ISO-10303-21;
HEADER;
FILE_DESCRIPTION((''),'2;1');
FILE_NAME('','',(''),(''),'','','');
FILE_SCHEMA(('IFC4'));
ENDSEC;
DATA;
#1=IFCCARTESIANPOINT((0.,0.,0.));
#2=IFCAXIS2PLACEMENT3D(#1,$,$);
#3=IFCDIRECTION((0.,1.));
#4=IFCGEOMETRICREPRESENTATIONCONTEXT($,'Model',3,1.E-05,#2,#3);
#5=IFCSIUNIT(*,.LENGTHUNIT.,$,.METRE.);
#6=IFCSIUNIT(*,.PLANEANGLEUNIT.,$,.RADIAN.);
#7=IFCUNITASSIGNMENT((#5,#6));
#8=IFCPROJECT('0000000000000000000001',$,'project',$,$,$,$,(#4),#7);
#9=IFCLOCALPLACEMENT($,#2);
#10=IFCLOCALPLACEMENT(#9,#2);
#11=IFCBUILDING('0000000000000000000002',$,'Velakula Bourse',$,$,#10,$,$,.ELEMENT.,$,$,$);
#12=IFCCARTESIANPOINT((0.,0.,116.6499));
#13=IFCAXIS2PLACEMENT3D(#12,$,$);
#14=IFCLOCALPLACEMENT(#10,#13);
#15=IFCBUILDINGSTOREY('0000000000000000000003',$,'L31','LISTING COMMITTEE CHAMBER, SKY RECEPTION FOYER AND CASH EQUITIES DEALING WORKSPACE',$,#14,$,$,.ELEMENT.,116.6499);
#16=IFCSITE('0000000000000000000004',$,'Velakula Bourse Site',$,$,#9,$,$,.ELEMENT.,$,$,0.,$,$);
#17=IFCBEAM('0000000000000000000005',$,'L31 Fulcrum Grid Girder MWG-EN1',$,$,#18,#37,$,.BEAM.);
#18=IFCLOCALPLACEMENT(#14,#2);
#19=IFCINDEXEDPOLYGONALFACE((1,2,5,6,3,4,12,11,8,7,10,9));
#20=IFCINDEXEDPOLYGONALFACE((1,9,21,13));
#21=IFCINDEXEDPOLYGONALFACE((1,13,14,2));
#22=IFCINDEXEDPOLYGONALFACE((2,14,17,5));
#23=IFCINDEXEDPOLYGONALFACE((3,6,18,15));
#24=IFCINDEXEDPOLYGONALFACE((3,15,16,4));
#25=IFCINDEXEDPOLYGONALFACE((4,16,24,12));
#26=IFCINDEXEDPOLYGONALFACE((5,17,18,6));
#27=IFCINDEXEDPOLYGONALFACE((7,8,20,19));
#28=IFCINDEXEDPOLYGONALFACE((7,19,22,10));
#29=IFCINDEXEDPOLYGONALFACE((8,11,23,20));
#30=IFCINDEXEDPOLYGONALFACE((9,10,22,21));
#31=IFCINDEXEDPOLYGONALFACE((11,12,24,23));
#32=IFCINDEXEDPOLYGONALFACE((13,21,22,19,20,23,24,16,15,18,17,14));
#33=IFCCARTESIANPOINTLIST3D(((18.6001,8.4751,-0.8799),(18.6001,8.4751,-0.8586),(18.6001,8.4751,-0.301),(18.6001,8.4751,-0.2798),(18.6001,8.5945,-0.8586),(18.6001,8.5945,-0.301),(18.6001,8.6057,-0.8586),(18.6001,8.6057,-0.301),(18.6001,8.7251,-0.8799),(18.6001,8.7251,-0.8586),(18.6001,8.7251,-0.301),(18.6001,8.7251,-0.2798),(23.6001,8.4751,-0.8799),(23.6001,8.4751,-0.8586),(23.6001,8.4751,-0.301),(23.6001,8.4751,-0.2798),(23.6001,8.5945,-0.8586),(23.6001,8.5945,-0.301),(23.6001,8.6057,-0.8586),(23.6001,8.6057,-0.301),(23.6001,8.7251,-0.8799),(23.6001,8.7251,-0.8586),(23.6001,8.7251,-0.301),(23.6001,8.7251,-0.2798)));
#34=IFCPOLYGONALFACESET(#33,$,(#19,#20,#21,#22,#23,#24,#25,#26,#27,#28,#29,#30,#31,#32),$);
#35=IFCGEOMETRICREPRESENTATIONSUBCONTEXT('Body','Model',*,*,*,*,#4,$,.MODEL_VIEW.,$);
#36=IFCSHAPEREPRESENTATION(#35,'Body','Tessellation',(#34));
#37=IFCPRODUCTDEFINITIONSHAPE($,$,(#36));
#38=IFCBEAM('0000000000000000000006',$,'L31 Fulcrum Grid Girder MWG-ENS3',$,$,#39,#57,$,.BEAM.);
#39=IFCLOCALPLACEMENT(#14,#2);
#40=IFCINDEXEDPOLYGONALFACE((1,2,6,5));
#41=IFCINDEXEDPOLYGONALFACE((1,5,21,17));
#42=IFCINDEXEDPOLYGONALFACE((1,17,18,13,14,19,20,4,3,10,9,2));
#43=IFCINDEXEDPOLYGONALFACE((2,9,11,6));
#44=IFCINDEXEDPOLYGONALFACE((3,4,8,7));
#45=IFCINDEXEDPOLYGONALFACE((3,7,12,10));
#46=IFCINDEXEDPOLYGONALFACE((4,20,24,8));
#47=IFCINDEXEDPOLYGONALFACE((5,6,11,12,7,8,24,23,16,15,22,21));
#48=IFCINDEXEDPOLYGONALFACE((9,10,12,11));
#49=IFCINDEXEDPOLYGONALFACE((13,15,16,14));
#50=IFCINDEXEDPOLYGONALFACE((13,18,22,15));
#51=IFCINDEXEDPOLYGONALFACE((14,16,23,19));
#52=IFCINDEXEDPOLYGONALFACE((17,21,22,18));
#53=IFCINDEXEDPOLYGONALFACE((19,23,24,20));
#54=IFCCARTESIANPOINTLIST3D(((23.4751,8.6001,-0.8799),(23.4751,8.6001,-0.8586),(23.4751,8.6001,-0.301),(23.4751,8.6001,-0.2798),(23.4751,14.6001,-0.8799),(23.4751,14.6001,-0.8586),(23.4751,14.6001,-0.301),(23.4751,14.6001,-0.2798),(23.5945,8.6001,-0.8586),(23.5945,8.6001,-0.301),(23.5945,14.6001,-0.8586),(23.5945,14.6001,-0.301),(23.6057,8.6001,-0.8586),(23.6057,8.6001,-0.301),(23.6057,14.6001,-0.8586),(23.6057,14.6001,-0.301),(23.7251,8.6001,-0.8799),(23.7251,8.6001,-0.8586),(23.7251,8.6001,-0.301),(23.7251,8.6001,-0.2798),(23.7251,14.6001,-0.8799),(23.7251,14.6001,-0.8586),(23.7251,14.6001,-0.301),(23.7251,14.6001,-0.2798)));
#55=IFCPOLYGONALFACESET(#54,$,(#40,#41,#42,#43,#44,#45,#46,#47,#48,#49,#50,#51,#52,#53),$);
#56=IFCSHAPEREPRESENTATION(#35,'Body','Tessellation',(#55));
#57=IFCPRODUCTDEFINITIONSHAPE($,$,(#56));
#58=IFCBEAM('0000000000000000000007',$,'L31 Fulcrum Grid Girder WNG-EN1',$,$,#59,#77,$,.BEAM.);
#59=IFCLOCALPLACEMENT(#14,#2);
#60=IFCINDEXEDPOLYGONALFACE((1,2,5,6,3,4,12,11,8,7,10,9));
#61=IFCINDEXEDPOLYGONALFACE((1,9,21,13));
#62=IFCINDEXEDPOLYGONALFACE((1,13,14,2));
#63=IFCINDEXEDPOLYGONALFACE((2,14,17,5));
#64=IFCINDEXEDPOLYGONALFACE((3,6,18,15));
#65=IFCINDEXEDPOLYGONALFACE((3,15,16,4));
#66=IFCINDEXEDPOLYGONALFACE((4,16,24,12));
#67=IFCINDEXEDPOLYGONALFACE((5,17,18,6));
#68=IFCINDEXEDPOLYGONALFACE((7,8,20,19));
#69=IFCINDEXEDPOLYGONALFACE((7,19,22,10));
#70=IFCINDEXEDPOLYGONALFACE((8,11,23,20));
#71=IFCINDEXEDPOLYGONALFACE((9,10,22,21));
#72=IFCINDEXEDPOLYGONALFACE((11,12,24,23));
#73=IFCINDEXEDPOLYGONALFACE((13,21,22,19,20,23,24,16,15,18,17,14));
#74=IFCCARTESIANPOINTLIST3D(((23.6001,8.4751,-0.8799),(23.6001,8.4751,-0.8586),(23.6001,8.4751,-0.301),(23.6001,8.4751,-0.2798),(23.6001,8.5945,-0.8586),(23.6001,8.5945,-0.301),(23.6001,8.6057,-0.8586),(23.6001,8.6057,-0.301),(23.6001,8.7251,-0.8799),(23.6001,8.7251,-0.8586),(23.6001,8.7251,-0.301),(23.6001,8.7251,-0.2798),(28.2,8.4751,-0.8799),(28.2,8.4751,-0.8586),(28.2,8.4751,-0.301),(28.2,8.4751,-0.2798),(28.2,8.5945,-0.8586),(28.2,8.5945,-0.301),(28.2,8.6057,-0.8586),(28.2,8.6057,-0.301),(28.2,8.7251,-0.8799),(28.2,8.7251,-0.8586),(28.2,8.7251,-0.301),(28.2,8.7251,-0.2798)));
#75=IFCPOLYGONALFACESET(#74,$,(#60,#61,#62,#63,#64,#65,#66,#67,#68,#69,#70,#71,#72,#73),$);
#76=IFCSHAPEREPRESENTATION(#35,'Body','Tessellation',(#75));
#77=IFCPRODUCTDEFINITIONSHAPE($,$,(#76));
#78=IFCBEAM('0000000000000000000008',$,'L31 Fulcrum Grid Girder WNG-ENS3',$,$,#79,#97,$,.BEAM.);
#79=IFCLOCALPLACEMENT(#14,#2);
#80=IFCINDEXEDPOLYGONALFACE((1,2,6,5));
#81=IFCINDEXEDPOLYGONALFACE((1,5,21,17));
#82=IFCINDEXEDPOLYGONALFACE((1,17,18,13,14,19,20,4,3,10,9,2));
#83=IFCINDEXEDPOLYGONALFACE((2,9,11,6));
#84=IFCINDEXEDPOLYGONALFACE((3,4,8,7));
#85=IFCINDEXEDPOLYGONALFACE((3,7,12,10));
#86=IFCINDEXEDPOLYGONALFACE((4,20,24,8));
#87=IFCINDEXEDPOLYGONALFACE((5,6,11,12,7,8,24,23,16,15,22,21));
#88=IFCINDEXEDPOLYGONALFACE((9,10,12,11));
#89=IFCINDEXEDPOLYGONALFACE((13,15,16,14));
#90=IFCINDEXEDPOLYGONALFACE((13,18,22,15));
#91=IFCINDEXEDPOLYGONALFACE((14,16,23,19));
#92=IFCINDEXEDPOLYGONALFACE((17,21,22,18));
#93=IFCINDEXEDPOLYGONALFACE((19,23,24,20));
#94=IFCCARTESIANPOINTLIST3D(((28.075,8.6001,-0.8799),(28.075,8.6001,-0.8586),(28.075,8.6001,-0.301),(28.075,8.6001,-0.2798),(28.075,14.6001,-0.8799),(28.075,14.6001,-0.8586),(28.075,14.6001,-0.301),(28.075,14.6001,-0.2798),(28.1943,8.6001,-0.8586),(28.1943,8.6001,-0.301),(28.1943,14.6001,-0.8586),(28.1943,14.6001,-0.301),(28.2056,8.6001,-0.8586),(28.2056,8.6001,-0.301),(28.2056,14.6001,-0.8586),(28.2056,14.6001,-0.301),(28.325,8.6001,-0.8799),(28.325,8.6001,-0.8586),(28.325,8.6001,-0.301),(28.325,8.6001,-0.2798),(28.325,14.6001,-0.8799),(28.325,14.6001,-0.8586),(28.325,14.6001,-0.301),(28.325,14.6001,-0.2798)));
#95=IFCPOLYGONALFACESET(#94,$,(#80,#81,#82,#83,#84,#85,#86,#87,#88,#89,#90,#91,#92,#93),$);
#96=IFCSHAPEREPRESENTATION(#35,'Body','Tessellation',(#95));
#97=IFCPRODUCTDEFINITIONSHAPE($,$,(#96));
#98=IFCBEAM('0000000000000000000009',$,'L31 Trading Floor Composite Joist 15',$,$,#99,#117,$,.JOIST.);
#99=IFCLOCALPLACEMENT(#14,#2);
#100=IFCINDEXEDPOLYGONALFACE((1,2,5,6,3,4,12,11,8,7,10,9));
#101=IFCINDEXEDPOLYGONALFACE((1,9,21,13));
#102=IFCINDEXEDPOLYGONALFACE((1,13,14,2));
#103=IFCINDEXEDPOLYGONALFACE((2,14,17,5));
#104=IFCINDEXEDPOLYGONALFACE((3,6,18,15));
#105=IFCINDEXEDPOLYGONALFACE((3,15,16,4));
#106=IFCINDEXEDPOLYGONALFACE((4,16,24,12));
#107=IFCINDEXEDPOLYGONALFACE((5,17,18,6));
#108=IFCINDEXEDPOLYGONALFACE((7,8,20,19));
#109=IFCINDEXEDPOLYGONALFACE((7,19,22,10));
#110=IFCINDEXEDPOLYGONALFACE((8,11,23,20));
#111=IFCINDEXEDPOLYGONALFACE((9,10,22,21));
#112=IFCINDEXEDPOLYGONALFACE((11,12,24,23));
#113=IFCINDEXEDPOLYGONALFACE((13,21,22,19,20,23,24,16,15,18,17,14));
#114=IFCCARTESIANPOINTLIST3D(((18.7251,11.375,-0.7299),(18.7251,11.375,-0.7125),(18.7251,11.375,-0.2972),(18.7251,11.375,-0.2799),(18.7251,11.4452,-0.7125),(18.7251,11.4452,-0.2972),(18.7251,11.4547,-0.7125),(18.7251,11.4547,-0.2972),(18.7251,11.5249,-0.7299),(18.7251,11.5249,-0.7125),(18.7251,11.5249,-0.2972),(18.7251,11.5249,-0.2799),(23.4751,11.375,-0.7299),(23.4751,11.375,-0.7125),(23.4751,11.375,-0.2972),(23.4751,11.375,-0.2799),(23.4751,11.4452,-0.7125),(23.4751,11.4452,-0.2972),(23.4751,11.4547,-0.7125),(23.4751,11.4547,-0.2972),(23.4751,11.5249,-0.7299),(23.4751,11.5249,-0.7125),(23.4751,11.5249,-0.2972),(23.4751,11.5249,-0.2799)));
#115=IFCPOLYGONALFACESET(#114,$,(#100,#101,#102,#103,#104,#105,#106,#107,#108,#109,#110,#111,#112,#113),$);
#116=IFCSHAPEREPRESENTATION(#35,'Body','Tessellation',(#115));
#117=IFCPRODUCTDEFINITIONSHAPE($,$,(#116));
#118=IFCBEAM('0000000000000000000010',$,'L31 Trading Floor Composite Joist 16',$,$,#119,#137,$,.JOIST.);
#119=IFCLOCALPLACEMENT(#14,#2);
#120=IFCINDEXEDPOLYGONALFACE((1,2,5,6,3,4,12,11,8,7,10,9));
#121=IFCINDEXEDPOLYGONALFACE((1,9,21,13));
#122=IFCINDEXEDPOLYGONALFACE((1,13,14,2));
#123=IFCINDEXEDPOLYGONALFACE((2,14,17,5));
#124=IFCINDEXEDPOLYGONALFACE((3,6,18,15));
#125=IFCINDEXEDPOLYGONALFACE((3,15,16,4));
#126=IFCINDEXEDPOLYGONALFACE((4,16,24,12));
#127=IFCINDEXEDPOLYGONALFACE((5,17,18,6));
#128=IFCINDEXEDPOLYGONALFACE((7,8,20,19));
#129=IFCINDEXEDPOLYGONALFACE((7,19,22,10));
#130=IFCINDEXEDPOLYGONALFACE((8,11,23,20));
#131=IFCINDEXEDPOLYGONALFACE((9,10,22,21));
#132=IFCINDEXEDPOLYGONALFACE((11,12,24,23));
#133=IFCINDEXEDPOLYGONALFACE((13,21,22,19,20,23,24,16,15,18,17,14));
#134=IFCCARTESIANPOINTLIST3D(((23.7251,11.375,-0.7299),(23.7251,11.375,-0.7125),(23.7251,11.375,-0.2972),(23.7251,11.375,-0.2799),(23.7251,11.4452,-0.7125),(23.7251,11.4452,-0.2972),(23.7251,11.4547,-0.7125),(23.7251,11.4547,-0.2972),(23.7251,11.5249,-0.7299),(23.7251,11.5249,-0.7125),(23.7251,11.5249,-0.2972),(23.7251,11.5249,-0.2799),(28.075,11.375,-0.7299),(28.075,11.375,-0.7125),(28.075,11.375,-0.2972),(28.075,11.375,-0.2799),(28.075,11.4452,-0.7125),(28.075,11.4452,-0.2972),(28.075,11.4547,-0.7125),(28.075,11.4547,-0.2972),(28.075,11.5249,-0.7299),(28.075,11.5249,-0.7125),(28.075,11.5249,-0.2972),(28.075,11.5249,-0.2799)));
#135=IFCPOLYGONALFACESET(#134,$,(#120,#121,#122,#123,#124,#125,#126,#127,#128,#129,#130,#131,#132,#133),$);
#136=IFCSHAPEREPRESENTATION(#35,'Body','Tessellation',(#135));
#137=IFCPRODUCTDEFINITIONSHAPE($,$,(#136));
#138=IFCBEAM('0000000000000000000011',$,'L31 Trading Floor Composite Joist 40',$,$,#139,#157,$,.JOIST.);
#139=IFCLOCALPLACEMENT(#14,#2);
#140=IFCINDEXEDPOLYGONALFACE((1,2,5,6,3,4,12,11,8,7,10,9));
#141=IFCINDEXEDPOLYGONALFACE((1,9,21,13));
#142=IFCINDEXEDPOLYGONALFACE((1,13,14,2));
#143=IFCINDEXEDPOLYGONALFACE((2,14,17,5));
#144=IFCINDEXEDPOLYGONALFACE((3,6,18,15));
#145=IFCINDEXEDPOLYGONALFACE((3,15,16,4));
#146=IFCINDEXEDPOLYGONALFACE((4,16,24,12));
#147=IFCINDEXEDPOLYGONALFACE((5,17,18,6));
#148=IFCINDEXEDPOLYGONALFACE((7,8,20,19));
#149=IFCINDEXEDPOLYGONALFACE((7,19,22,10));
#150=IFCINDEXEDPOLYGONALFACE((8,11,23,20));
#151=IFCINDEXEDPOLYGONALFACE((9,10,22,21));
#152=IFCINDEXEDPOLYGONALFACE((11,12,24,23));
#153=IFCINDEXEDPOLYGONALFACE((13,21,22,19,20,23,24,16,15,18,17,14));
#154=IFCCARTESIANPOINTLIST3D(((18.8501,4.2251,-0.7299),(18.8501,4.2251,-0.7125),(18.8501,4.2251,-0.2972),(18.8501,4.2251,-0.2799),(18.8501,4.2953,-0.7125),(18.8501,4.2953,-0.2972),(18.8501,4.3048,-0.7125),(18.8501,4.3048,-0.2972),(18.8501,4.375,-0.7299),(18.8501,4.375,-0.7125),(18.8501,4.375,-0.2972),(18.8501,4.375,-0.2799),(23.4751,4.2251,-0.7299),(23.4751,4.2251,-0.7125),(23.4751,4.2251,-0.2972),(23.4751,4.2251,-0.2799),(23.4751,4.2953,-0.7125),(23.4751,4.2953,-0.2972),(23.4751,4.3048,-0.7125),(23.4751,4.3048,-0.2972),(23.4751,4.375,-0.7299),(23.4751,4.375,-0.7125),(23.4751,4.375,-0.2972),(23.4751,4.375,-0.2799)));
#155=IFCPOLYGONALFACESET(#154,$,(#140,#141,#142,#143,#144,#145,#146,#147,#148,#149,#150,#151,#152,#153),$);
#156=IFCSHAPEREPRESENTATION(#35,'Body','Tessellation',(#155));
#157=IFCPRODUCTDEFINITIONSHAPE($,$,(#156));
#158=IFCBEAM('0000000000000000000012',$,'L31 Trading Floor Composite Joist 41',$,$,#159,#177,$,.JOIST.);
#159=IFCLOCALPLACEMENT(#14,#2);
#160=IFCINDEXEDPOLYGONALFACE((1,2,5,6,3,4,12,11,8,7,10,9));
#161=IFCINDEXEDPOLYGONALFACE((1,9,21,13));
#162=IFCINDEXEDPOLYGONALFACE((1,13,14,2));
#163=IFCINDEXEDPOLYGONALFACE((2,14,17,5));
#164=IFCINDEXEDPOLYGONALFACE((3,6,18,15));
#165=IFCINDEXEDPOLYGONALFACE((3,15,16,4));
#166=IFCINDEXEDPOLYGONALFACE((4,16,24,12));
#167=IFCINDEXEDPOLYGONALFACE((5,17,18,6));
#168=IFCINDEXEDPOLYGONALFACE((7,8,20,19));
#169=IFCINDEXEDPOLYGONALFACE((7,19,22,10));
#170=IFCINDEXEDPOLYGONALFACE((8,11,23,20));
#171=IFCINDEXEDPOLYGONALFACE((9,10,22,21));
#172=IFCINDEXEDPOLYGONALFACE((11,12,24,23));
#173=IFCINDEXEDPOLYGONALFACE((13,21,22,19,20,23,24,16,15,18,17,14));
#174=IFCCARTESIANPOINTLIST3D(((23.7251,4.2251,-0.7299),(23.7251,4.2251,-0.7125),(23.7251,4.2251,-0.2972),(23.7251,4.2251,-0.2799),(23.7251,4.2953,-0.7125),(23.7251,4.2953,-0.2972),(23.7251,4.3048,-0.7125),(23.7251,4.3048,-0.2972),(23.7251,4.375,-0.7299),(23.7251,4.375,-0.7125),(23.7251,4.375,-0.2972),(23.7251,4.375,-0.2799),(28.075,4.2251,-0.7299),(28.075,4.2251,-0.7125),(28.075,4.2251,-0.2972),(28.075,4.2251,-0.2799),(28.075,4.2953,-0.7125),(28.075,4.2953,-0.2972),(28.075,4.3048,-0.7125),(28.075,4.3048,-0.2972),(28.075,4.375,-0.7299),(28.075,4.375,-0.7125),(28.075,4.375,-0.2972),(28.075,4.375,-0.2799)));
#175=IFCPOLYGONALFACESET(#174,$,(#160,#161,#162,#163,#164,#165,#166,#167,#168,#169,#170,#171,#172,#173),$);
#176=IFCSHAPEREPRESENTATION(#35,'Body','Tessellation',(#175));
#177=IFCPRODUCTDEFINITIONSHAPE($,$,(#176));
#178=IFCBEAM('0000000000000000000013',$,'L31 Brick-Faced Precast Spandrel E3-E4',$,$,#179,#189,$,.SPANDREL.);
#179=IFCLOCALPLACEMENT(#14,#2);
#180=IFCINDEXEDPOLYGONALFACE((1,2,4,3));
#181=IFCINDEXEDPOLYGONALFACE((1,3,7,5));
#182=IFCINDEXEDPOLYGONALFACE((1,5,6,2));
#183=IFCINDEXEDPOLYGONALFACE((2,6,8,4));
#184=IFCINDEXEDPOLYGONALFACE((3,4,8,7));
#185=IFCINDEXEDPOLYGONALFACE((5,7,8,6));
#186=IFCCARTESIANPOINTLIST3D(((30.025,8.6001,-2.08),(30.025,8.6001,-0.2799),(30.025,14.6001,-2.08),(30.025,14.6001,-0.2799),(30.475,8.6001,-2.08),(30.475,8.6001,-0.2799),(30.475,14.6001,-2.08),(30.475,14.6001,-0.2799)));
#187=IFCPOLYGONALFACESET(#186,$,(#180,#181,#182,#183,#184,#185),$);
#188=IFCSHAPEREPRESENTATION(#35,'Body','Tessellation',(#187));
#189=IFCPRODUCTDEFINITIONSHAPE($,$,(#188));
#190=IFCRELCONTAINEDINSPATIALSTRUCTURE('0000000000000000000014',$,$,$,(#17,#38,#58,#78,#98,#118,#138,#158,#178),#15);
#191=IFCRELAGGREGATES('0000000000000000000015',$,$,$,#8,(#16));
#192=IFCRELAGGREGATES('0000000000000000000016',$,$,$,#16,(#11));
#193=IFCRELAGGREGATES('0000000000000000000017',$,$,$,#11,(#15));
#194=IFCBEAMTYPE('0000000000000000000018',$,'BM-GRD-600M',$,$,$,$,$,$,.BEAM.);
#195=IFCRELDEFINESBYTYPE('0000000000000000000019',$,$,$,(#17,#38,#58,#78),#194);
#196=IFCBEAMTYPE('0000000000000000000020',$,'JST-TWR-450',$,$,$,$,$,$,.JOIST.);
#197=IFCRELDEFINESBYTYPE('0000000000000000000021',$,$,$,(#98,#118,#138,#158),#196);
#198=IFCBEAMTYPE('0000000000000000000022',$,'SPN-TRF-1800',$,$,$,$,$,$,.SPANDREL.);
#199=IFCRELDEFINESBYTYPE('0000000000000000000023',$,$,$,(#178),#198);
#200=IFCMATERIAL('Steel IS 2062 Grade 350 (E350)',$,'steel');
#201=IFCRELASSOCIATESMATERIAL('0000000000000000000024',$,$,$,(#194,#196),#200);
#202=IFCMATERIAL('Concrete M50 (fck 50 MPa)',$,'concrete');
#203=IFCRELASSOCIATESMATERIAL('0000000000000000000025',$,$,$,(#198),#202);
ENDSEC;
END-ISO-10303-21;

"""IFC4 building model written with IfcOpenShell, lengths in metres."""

from ifc_helpers import new_model, si_unit, direction, frame, origin, origin_2d, place, context, subcontext, project, spatial, rectangle, i_section, extrude, material, material_profile, profile_set, type_object, element, save


model = new_model("IFC4")

# Units and contexts
model_context = context("Model", 3, precision=1e-05, world=origin(), true_north=direction((0.0, 1.0)))
body_context = subcontext(model_context, "Body", "Model", "MODEL_VIEW")
ifc_project = project(units=[si_unit("LENGTHUNIT", "METRE"), si_unit("PLANEANGLEUNIT", "RADIAN")], contexts=[model_context])

# Site, building, storey
site_placement = place(None, origin())
site = spatial("IfcSite", under=ifc_project, at=site_placement, Name="Velakula Bourse Site", CompositionType="ELEMENT", RefElevation=0.0)
building_placement = place(site_placement, origin())
building = spatial("IfcBuilding", under=site, at=building_placement, Name="Velakula Bourse", CompositionType="ELEMENT")
storey_placement = place(building_placement, frame((0.0, 0.0, 116.6499)))
storey = spatial("IfcBuildingStorey", under=building, at=storey_placement, Name="L31", Description="LISTING COMMITTEE CHAMBER, SKY RECEPTION FOYER AND CASH EQUITIES DEALING WORKSPACE", CompositionType="ELEMENT", Elevation=116.6499)

# Shared definitions
ifc_material_1 = material(Name="Steel IS 2062 Grade 350 (E350)", Category="steel")

# Beams
ifc_material_profile_1 = material_profile(ifc_material_1, i_section(OverallWidth=0.25, OverallDepth=0.6001, WebThickness=0.0112, FlangeThickness=0.0212, at=origin_2d()), Name="Steel IS 2062 Grade 350 (E350)")
ifc_profile_set_1 = profile_set([ifc_material_profile_1], Name="Steel IS 2062 Grade 350 (E350)")
beam_type_1 = type_object("IfcBeamType", Name="BM-GRD-600M", PredefinedType="BEAM", material=ifc_profile_set_1)
beam_1_placement = place(storey_placement, frame((18.6001, 8.6001, -0.5798), z_axis=(1.0, 0.0, 0.0), x_axis=(0.0, 1.0, 0.0)))
element("IfcBeam", 1, at=beam_1_placement, inside=storey, type_object=beam_type_1, Name="L31 Fulcrum Grid Girder MWG-EN1", PredefinedType="BEAM", context=body_context, shape_type="SweptSolid", body=[
    extrude(i_section(OverallWidth=0.25, OverallDepth=0.6001, WebThickness=0.0112, FlangeThickness=0.0212, at=origin_2d()), origin(), (0.0, 0.0, 1.0), 5.0),
])
beam_2_placement = place(storey_placement, frame((23.6001, 8.6001, -0.5798), z_axis=(0.0, 1.0, 0.0), x_axis=(-1.0, 0.0, 0.0)))
element("IfcBeam", 2, at=beam_2_placement, inside=storey, type_object=beam_type_1, Name="L31 Fulcrum Grid Girder MWG-ENS3", PredefinedType="BEAM", context=body_context, shape_type="SweptSolid", body=[
    extrude(i_section(OverallWidth=0.25, OverallDepth=0.6001, WebThickness=0.0112, FlangeThickness=0.0212, at=origin_2d()), origin(), (0.0, 0.0, 1.0), 6.0),
])
beam_3_placement = place(storey_placement, frame((23.6001, 8.6001, -0.5798), z_axis=(1.0, 0.0, 0.0), x_axis=(0.0, 1.0, 0.0)))
element("IfcBeam", 3, at=beam_3_placement, inside=storey, type_object=beam_type_1, Name="L31 Fulcrum Grid Girder WNG-EN1", PredefinedType="BEAM", context=body_context, shape_type="SweptSolid", body=[
    extrude(i_section(OverallWidth=0.25, OverallDepth=0.6001, WebThickness=0.0112, FlangeThickness=0.0212, at=origin_2d()), origin(), (0.0, 0.0, 1.0), 4.5999),
])
beam_4_placement = place(storey_placement, frame((28.2, 8.6001, -0.5798), z_axis=(0.0, 1.0, 0.0), x_axis=(-1.0, 0.0, 0.0)))
element("IfcBeam", 4, at=beam_4_placement, inside=storey, type_object=beam_type_1, Name="L31 Fulcrum Grid Girder WNG-ENS3", PredefinedType="BEAM", context=body_context, shape_type="SweptSolid", body=[
    extrude(i_section(OverallWidth=0.25, OverallDepth=0.6001, WebThickness=0.0112, FlangeThickness=0.0212, at=origin_2d()), origin(), (0.0, 0.0, 1.0), 6.0),
])
ifc_material_profile_2 = material_profile(ifc_material_1, i_section(OverallWidth=0.1499, OverallDepth=0.45, WebThickness=0.0095, FlangeThickness=0.0173, at=origin_2d()), Name="Steel IS 2062 Grade 350 (E350)")
ifc_profile_set_2 = profile_set([ifc_material_profile_2], Name="Steel IS 2062 Grade 350 (E350)")
beam_type_2 = type_object("IfcBeamType", Name="JST-TWR-450", PredefinedType="JOIST", material=ifc_profile_set_2)
beam_5_placement = place(storey_placement, frame((18.7251, 11.45, -0.5049), z_axis=(1.0, 0.0, 0.0), x_axis=(0.0, 1.0, 0.0)))
element("IfcBeam", 5, at=beam_5_placement, inside=storey, type_object=beam_type_2, Name="L31 Trading Floor Composite Joist 15", PredefinedType="JOIST", context=body_context, shape_type="SweptSolid", body=[
    extrude(i_section(OverallWidth=0.1499, OverallDepth=0.45, WebThickness=0.0095, FlangeThickness=0.0173, at=origin_2d()), origin(), (0.0, 0.0, 1.0), 4.75),
])
beam_6_placement = place(storey_placement, frame((23.7251, 11.45, -0.5049), z_axis=(1.0, 0.0, 0.0), x_axis=(0.0, 1.0, 0.0)))
element("IfcBeam", 6, at=beam_6_placement, inside=storey, type_object=beam_type_2, Name="L31 Trading Floor Composite Joist 16", PredefinedType="JOIST", context=body_context, shape_type="SweptSolid", body=[
    extrude(i_section(OverallWidth=0.1499, OverallDepth=0.45, WebThickness=0.0095, FlangeThickness=0.0173, at=origin_2d()), origin(), (0.0, 0.0, 1.0), 4.3499),
])
beam_7_placement = place(storey_placement, frame((18.8501, 4.3, -0.5049), z_axis=(1.0, 0.0, 0.0), x_axis=(0.0, 1.0, 0.0)))
element("IfcBeam", 7, at=beam_7_placement, inside=storey, type_object=beam_type_2, Name="L31 Trading Floor Composite Joist 40", PredefinedType="JOIST", context=body_context, shape_type="SweptSolid", body=[
    extrude(i_section(OverallWidth=0.1499, OverallDepth=0.45, WebThickness=0.0095, FlangeThickness=0.0173, at=origin_2d()), origin(), (0.0, 0.0, 1.0), 4.625),
])
beam_8_placement = place(storey_placement, frame((23.7251, 4.3, -0.5049), z_axis=(1.0, 0.0, 0.0), x_axis=(0.0, 1.0, 0.0)))
element("IfcBeam", 8, at=beam_8_placement, inside=storey, type_object=beam_type_2, Name="L31 Trading Floor Composite Joist 41", PredefinedType="JOIST", context=body_context, shape_type="SweptSolid", body=[
    extrude(i_section(OverallWidth=0.1499, OverallDepth=0.45, WebThickness=0.0095, FlangeThickness=0.0173, at=origin_2d()), origin(), (0.0, 0.0, 1.0), 4.3499),
])
ifc_material_2 = material(Name="Concrete M50 (fck 50 MPa)", Category="concrete")
ifc_material_profile_3 = material_profile(ifc_material_2, rectangle(XDim=0.45, YDim=1.8, at=origin_2d()), Name="Concrete M50 (fck 50 MPa)")
ifc_profile_set_3 = profile_set([ifc_material_profile_3], Name="Concrete M50 (fck 50 MPa)")
beam_type_3 = type_object("IfcBeamType", Name="SPN-TRF-1800", PredefinedType="SPANDREL", material=ifc_profile_set_3)
beam_9_placement = place(storey_placement, frame((30.25, 8.6001, -1.1799), z_axis=(0.0, 1.0, 0.0), x_axis=(-1.0, 0.0, 0.0)))
element("IfcBeam", 9, at=beam_9_placement, inside=storey, type_object=beam_type_3, Name="L31 Brick-Faced Precast Spandrel E3-E4", PredefinedType="SPANDREL", context=body_context, shape_type="SweptSolid", body=[
    extrude(rectangle(XDim=0.45, YDim=1.8, at=origin_2d()), origin(), (0.0, 0.0, 1.0), 6.0),
])

save(model, "model.ifc")
